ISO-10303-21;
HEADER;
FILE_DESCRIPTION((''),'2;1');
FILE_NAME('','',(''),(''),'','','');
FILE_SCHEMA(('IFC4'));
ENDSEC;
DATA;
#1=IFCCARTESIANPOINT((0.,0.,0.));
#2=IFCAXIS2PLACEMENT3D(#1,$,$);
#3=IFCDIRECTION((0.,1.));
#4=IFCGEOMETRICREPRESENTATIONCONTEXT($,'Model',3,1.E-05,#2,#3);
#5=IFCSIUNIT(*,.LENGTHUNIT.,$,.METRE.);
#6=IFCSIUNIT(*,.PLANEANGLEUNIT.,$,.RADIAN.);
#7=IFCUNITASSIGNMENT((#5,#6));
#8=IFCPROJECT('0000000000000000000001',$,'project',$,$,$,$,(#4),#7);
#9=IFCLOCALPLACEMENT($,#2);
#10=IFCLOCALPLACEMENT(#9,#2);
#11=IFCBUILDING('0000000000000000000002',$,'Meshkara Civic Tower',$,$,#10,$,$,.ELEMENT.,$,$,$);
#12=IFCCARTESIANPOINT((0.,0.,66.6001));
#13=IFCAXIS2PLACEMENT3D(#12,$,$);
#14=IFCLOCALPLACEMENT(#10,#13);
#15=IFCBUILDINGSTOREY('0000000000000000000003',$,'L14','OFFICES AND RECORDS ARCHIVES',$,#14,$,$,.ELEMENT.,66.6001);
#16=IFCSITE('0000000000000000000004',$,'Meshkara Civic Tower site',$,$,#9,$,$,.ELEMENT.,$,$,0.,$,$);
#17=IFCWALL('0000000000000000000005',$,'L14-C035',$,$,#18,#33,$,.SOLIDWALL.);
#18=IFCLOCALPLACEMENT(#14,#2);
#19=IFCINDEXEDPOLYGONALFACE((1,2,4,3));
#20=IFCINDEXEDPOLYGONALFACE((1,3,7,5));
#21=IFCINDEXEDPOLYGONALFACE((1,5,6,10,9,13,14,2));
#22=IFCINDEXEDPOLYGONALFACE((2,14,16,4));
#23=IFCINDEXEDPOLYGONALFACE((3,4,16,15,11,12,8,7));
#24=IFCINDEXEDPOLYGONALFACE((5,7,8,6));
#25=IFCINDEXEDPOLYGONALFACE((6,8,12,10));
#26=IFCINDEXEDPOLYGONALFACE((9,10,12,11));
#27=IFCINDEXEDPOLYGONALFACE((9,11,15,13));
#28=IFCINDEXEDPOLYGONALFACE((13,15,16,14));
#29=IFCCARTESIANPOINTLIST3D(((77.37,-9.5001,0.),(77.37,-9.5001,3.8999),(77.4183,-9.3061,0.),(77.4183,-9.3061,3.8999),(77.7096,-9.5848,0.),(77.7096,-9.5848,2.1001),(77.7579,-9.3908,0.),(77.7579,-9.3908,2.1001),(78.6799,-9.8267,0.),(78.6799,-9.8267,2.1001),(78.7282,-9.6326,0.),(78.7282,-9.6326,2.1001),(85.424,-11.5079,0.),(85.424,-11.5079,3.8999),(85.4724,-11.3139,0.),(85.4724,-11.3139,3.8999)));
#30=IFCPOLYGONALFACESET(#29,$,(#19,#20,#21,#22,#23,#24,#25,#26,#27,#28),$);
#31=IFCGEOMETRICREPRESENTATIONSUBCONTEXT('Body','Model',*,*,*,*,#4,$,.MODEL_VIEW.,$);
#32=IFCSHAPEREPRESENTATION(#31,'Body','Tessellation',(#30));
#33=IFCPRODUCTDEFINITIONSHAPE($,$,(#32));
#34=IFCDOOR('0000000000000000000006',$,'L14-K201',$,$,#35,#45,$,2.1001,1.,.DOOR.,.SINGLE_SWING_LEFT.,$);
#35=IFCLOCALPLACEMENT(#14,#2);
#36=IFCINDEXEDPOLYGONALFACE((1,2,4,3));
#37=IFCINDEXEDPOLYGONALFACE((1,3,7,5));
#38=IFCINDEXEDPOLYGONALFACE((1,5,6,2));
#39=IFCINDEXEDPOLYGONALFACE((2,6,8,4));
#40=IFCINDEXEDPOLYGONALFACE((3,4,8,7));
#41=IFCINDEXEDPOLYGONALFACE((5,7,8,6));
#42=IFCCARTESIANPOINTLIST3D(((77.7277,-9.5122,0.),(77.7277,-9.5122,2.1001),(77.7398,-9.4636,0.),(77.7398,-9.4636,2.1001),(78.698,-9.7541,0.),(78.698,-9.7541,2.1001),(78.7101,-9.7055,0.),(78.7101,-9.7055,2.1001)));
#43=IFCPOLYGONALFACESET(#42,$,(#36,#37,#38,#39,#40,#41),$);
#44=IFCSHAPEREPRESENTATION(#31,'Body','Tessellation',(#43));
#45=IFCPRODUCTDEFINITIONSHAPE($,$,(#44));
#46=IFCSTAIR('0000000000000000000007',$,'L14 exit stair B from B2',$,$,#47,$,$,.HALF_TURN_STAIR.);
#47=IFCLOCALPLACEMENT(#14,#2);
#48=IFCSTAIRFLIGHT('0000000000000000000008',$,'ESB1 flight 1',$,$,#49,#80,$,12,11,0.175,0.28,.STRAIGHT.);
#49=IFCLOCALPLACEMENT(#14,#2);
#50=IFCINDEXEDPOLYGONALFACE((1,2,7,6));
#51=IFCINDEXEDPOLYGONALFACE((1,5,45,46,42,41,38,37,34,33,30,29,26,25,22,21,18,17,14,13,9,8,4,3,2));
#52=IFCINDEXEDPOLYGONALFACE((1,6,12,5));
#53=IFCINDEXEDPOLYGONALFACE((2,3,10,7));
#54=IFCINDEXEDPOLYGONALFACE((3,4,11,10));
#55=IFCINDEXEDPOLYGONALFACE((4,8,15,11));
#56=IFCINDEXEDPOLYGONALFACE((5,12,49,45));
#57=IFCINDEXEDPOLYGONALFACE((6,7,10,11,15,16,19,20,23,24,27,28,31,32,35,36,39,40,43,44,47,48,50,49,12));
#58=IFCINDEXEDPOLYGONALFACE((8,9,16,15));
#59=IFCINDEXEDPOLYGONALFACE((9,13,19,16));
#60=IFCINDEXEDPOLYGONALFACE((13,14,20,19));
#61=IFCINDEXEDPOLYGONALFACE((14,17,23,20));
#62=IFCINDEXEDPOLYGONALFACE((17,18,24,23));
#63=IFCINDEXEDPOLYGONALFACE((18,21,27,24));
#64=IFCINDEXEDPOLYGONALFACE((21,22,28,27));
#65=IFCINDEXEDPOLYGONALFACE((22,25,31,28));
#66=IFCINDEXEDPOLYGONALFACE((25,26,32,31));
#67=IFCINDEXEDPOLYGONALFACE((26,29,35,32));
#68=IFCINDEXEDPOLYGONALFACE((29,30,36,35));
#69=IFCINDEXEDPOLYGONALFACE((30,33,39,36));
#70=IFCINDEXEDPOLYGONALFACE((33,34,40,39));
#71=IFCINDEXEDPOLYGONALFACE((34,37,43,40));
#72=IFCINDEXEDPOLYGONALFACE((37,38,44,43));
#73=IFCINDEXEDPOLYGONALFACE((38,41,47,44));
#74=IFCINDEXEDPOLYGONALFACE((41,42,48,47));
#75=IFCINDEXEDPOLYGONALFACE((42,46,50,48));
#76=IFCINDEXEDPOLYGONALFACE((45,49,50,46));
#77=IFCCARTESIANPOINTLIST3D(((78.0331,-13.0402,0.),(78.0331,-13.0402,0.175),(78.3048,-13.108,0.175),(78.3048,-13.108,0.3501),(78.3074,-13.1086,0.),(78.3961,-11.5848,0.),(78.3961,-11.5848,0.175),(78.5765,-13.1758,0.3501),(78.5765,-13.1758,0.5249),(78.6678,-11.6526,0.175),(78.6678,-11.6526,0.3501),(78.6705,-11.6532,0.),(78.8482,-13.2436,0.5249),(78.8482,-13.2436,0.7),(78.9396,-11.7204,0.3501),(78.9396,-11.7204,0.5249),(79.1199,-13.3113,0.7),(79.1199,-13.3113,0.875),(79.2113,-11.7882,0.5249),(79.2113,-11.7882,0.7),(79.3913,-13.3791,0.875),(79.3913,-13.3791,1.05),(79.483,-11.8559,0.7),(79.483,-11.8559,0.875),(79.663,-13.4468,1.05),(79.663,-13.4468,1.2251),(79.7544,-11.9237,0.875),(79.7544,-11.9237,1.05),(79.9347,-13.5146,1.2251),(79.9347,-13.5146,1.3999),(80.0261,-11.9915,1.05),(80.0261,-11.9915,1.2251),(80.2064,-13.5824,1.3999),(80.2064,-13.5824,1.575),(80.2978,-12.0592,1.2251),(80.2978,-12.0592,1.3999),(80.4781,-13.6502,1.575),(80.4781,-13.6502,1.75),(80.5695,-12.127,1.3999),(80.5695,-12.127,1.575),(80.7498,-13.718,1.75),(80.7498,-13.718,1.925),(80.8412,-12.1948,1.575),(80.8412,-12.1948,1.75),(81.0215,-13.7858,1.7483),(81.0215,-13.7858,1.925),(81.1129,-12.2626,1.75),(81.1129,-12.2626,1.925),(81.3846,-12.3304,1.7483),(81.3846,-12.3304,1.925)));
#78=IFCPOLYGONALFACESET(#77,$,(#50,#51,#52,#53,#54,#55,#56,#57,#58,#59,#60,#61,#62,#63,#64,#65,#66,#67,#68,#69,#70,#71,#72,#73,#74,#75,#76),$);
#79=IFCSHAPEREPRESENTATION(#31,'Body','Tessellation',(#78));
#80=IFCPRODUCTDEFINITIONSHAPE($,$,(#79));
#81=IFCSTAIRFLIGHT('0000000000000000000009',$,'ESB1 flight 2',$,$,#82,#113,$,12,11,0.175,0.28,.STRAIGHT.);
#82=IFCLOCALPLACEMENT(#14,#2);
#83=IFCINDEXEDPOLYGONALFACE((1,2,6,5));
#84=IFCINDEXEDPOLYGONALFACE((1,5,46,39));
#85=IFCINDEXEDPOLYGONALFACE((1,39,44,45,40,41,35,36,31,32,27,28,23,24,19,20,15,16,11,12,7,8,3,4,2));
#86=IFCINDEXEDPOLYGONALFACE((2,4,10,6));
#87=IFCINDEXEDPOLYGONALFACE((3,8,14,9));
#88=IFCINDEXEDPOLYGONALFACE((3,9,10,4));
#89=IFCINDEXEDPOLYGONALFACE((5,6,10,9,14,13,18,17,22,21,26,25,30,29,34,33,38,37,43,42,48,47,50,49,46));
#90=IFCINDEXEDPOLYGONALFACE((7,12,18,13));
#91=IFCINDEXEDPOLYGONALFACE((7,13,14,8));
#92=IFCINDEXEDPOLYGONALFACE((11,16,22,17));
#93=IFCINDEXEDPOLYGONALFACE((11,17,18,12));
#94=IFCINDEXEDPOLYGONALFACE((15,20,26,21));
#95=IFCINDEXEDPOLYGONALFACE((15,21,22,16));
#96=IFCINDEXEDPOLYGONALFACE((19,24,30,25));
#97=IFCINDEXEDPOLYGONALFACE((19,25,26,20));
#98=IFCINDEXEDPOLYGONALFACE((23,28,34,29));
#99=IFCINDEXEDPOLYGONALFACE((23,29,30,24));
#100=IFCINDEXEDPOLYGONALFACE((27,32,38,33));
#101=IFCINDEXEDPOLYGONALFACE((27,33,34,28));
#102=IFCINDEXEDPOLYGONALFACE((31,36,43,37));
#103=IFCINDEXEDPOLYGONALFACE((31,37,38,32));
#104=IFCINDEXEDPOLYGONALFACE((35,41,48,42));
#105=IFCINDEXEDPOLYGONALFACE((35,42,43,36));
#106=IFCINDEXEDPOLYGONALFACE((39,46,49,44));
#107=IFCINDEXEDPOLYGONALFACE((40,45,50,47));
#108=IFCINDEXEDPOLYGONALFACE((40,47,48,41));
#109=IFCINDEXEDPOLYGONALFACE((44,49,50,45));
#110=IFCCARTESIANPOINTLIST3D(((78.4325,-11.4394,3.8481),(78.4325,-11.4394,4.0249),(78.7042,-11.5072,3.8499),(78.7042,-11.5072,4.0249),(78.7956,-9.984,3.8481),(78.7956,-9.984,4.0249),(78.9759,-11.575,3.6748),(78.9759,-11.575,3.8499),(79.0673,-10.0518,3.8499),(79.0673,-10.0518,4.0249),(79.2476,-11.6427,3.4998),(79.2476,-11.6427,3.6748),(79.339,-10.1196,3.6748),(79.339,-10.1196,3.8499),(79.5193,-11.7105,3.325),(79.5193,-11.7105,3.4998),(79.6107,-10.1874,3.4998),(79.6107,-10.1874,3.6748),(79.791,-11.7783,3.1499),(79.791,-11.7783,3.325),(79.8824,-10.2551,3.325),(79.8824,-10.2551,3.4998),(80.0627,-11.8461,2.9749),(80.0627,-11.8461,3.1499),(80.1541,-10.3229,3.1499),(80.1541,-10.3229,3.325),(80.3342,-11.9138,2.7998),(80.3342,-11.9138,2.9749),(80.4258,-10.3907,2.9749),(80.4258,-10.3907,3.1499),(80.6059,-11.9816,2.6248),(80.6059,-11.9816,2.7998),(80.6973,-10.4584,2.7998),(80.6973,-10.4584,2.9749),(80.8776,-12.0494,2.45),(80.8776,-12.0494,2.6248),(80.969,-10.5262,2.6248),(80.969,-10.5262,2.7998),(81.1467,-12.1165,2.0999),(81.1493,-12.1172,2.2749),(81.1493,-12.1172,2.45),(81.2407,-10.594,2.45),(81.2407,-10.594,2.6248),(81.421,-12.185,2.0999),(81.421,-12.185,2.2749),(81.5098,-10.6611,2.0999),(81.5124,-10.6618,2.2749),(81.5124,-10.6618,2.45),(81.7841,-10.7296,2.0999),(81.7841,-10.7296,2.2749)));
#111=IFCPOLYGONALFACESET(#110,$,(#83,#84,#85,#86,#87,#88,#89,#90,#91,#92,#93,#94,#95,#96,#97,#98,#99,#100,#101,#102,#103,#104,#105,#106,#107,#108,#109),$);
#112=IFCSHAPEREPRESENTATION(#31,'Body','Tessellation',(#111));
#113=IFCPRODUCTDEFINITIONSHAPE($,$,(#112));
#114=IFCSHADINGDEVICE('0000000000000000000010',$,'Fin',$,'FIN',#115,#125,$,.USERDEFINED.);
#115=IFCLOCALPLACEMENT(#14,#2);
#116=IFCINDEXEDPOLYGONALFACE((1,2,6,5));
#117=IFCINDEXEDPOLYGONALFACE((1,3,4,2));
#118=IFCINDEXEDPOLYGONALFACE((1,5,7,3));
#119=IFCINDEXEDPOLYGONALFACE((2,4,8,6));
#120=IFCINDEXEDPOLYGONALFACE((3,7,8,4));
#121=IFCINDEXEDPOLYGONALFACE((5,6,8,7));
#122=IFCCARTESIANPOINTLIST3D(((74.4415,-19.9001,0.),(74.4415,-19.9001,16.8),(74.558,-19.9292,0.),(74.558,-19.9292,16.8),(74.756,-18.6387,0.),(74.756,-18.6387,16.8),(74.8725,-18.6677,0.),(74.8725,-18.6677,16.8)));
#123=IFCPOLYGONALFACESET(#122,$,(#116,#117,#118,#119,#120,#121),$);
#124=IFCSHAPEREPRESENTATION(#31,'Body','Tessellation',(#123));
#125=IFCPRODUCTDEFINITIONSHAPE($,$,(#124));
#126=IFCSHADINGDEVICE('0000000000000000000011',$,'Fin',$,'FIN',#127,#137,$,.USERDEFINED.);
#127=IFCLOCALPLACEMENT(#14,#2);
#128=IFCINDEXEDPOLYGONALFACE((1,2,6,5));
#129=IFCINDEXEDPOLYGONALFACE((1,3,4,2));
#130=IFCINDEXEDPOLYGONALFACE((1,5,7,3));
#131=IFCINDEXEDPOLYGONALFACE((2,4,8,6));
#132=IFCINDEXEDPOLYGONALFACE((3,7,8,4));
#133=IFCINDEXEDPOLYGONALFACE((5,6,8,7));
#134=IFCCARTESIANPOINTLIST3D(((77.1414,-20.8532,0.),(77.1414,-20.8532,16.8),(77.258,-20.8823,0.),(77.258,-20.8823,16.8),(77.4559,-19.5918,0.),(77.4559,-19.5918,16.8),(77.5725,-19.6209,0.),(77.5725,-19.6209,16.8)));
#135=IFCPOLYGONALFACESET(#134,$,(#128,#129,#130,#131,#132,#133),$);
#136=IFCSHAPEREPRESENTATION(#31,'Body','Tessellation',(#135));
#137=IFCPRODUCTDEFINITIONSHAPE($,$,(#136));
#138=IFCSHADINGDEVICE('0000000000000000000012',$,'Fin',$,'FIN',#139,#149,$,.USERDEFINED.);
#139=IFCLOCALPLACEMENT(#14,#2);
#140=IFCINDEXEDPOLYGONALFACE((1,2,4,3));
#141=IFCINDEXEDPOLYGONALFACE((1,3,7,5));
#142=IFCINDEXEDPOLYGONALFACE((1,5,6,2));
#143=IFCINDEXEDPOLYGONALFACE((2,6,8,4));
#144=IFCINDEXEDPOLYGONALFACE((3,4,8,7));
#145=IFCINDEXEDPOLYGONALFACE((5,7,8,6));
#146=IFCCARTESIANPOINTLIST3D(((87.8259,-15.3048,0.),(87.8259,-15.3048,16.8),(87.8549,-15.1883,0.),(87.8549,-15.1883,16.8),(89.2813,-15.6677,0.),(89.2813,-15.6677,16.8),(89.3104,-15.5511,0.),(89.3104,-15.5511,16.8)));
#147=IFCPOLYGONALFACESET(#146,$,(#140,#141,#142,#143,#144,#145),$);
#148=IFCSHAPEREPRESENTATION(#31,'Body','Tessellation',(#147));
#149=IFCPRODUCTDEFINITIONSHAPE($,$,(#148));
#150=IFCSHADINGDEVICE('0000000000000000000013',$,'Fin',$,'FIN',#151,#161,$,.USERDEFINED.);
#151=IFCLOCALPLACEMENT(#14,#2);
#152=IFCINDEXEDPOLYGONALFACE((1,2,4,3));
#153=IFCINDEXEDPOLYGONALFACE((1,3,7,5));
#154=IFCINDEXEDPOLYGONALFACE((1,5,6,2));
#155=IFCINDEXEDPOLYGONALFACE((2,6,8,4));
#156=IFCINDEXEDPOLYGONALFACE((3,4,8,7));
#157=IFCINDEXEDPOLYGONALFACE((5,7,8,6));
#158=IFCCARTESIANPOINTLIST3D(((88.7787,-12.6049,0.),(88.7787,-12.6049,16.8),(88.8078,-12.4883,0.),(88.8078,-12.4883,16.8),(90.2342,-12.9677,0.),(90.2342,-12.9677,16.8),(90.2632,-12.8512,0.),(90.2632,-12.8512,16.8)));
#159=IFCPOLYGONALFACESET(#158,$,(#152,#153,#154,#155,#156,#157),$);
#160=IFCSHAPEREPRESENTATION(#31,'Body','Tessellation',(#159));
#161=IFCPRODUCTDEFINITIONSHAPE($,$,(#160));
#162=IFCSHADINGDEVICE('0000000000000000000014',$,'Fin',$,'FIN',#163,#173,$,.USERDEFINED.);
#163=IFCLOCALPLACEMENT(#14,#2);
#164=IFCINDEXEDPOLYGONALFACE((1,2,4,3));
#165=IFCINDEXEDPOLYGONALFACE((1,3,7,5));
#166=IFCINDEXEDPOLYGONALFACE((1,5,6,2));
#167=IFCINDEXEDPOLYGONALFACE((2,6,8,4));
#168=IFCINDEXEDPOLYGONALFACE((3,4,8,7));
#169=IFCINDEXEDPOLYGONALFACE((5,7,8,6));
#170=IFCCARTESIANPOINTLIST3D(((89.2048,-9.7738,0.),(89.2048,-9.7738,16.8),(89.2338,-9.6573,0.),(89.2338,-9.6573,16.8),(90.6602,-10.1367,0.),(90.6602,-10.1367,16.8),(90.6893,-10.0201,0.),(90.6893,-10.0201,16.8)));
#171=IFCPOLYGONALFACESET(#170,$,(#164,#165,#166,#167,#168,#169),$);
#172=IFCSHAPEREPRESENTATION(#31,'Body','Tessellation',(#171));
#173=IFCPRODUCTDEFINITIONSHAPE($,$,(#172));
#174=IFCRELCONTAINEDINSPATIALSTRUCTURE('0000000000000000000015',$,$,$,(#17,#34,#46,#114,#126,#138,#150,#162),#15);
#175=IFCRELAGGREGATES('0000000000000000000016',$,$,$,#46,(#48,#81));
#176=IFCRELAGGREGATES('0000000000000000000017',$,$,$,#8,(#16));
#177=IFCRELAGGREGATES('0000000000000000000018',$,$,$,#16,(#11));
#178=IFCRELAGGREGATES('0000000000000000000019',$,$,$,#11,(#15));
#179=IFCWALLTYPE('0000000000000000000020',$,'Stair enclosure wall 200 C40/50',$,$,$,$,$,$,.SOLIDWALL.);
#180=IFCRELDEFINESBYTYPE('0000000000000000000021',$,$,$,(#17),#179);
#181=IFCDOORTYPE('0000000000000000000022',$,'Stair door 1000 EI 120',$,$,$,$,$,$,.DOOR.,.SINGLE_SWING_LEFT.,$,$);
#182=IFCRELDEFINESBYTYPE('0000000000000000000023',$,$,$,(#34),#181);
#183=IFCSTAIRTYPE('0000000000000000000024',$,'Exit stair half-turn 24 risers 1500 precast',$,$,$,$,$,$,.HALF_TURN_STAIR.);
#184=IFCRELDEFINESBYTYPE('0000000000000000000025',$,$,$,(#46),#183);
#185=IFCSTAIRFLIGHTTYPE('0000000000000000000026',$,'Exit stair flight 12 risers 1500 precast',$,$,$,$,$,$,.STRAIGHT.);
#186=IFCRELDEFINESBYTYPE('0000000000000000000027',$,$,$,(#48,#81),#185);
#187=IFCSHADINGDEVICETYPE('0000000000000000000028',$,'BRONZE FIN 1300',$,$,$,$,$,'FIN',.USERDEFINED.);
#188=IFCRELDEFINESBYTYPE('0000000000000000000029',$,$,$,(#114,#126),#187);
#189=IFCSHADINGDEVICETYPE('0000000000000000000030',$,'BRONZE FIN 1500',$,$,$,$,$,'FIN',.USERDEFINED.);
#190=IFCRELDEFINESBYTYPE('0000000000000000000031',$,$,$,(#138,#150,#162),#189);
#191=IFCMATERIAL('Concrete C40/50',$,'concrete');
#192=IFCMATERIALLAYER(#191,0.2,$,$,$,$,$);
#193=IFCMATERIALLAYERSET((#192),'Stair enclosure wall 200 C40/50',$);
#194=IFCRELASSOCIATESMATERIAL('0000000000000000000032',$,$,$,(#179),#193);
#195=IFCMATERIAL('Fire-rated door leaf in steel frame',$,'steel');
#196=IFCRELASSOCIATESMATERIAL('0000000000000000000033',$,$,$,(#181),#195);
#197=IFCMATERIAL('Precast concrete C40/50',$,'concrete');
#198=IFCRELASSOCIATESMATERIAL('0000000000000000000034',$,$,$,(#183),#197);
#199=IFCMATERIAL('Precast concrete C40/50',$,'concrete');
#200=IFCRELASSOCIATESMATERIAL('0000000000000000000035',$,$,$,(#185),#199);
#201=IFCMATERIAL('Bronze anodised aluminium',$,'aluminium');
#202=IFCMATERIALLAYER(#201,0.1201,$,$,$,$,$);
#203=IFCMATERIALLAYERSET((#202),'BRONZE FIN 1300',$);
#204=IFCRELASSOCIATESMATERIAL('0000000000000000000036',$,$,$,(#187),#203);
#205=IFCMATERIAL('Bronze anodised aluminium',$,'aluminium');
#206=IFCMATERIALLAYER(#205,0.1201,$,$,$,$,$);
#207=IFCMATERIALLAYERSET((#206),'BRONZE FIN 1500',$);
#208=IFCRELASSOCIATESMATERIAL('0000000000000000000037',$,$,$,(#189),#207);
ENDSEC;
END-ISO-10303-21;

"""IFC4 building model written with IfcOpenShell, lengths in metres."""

from ifc_helpers import new_model, si_unit, direction, frame, frame_2d, origin, origin_2d, place, context, subcontext, project, spatial, polyline, rectangle, outline, extrude, material, layer, layer_set, type_object, element, fill, aggregate, save


model = new_model("IFC4")

# Units and contexts
model_context = context("Model", 3, precision=1e-05, world=origin(), true_north=direction((0.0, 1.0)))
body_context = subcontext(model_context, "Body", "Model", "MODEL_VIEW")
ifc_project = project(units=[si_unit("LENGTHUNIT", "METRE"), si_unit("PLANEANGLEUNIT", "RADIAN")], contexts=[model_context])

# Site, building, storey
site_placement = place(None, origin())
site = spatial("IfcSite", under=ifc_project, at=site_placement, Name="Meshkara Civic Tower site", CompositionType="ELEMENT", RefElevation=0.0)
building_placement = place(site_placement, origin())
building = spatial("IfcBuilding", under=site, at=building_placement, Name="Meshkara Civic Tower", CompositionType="ELEMENT")
storey_placement = place(building_placement, frame((0.0, 0.0, 66.6001)))
storey = spatial("IfcBuildingStorey", under=building, at=storey_placement, Name="L14", Description="OFFICES AND RECORDS ARCHIVES", CompositionType="ELEMENT", Elevation=66.6001)

# Wall, opening, door
ifc_material_1 = material(Name="Concrete C40/50", Category="concrete")
ifc_layer_1 = layer(ifc_material_1, 0.2)
ifc_layer_set_1 = layer_set([ifc_layer_1], Name="Stair enclosure wall 200 C40/50")
wall_type_1 = type_object("IfcWallType", Name="Stair enclosure wall 200 C40/50", PredefinedType="SOLIDWALL", material=ifc_layer_set_1)
wall_1_placement = place(storey_placement, frame((77.394, -9.4031, 0.0), z_axis=(0.0, 0.0, 1.0), x_axis=(0.970303, -0.241892, 0.0)))
wall_1 = element("IfcWall", 1, at=wall_1_placement, inside=storey, type_object=wall_type_1, Name="L14-C035", PredefinedType="SOLIDWALL", context=body_context, shape_type="SweptSolid", body=[
    extrude(rectangle(XDim=8.3005, YDim=0.2, at=frame_2d((4.1504, 0.0))), origin(), (0.0, 0.0, 1.0), 3.8999),
])
opening_1_placement = place(wall_1_placement, frame((0.3501, 0.0, 0.0)))
opening_1 = element("IfcOpeningElement", 2, at=opening_1_placement, cuts=wall_1, PredefinedType="OPENING", context=body_context, shape_type="SweptSolid", body=[
    extrude(rectangle(XDim=1.0, YDim=2.1001, at=frame_2d((0.5, 1.05))), frame((0.0, 0.1099, 0.0), z_axis=(0.0, -1.0, 0.0), x_axis=(1.0, 0.0, 0.0)), (0.0, 0.0, 1.0), 0.22),
])
ifc_material_2 = material(Name="Fire-rated door leaf in steel frame", Category="steel")
door_type_1 = type_object("IfcDoorType", Name="Stair door 1000 EI 120", OperationType="SINGLE_SWING_LEFT", PredefinedType="DOOR", material=ifc_material_2)
door_1_placement = place(opening_1_placement, origin())
door_1 = element("IfcDoor", 3, at=door_1_placement, inside=storey, type_object=door_type_1, Name="L14-K201", OperationType="SINGLE_SWING_LEFT", OverallHeight=2.1001, OverallWidth=1.0, PredefinedType="DOOR", context=body_context, shape_type="SweptSolid", body=[
    extrude(rectangle(XDim=1.0, YDim=2.1001, at=frame_2d((0.5, 1.05))), frame((0.0, 0.0249, 0.0), z_axis=(0.0, -1.0, 0.0), x_axis=(1.0, 0.0, 0.0)), (0.0, 0.0, 1.0), 0.05),
])
fill(opening_1, door_1)

# Stair, stair flights
ifc_material_3 = material(Name="Precast concrete C40/50", Category="concrete")
stair_type = type_object("IfcStairType", Name="Exit stair half-turn 24 risers 1500 precast", PredefinedType="HALF_TURN_STAIR", material=ifc_material_3)
stair_placement = place(storey_placement, origin())
stair = element("IfcStair", 4, at=stair_placement, inside=storey, type_object=stair_type, Name="L14 exit stair B from B2", PredefinedType="HALF_TURN_STAIR")
ifc_material_4 = material(Name="Precast concrete C40/50", Category="concrete")
stair_flight_type = type_object("IfcStairFlightType", Name="Exit stair flight 12 risers 1500 precast", PredefinedType="STRAIGHT", material=ifc_material_4)
stair_flight_1_placement = place(storey_placement, frame((78.2146, -12.3125, 0.0), z_axis=(0.0, 0.0, 1.0), x_axis=(0.97026, -0.242065, 0.0)))
stair_flight_1 = element("IfcStairFlight", 5, at=stair_flight_1_placement, type_object=stair_flight_type, Name="ESB1 flight 1", NumberOfRisers=12, NumberOfTreads=11, PredefinedType="STRAIGHT", RiserHeight=0.175, TreadLength=0.28, context=body_context, shape_type="SweptSolid", body=[
    extrude(outline(polyline([(0.0, 0.0), (0.0, 0.175), (0.28, 0.175), (0.28, 0.3501), (0.5601, 0.3501), (0.5601, 0.5249), (0.8401, 0.5249), (0.8401, 0.7), (1.1201, 0.7), (1.1201, 0.875), (1.3999, 0.875), (1.3999, 1.05), (1.6799, 1.05), (1.6799, 1.2251), (1.96, 1.2251), (1.96, 1.3999), (2.24, 1.3999), (2.24, 1.575), (2.52, 1.575), (2.52, 1.75), (2.8, 1.75), (2.8, 1.925), (3.0801, 1.925), (3.0801, 2.1001), (3.0801, 1.7483), (0.2827, 0.0), (0.0, 0.0)])), frame((0.0, 0.75, 0.0), z_axis=(0.0, -1.0, 0.0), x_axis=(1.0, 0.0, 0.0)), (0.0, 0.0, 1.0), 1.5),
])
stair_flight_2_placement = place(storey_placement, frame((81.6025, -11.4573, 2.0999), z_axis=(0.0, 0.0, 1.0), x_axis=(-0.97026, 0.242065, 0.0)))
stair_flight_2 = element("IfcStairFlight", 6, at=stair_flight_2_placement, type_object=stair_flight_type, Name="ESB1 flight 2", NumberOfRisers=12, NumberOfTreads=11, PredefinedType="STRAIGHT", RiserHeight=0.175, TreadLength=0.28, context=body_context, shape_type="SweptSolid", body=[
    extrude(outline(polyline([(0.0, 0.0), (0.0, 0.175), (0.28, 0.175), (0.28, 0.3501), (0.5601, 0.3501), (0.5601, 0.5249), (0.8401, 0.5249), (0.8401, 0.7), (1.1201, 0.7), (1.1201, 0.875), (1.3999, 0.875), (1.3999, 1.05), (1.6799, 1.05), (1.6799, 1.2251), (1.96, 1.2251), (1.96, 1.3999), (2.24, 1.3999), (2.24, 1.575), (2.52, 1.575), (2.52, 1.75), (2.8, 1.75), (2.8, 1.925), (3.0801, 1.925), (3.0801, 2.1001), (3.0801, 1.7483), (0.2827, 0.0), (0.0, 0.0)])), frame((0.0, 0.75, 0.0), z_axis=(0.0, -1.0, 0.0), x_axis=(1.0, 0.0, 0.0)), (0.0, 0.0, 1.0), 1.5),
])
aggregate(stair, [stair_flight_1, stair_flight_2])

# Shading devices
ifc_material_5 = material(Name="Bronze anodised aluminium", Category="aluminium")
ifc_layer_2 = layer(ifc_material_5, 0.1201)
ifc_layer_set_2 = layer_set([ifc_layer_2], Name="BRONZE FIN 1300")
shading_device_type_1 = type_object("IfcShadingDeviceType", Name="BRONZE FIN 1300", ElementType="FIN", PredefinedType="USERDEFINED", material=ifc_layer_set_2)
for number, where, z_axis, x_axis, name in (
    (7, (74.657, -19.2839, 0.0), (0.0, 0.0, 1.0), (0.970296, -0.241922, 0.0), "Fin"),
    (8, (77.3569, -20.2371, 0.0), (0.0, 0.0, 1.0), (0.970296, -0.241922, 0.0), "Fin"),
):
    element("IfcShadingDevice", number, at=place(storey_placement, frame(where, z_axis=z_axis, x_axis=x_axis)), inside=storey, type_object=shading_device_type_1, Name=name, ObjectType="FIN", PredefinedType="USERDEFINED", context=body_context, shape_type="SweptSolid", body=[
        extrude(rectangle(XDim=0.1201, YDim=1.3, at=origin_2d()), origin(), (0.0, 0.0, 1.0), 16.8),
    ])
ifc_material_6 = material(Name="Bronze anodised aluminium", Category="aluminium")
ifc_layer_3 = layer(ifc_material_6, 0.1201)
ifc_layer_set_3 = layer_set([ifc_layer_3], Name="BRONZE FIN 1500")
shading_device_type_2 = type_object("IfcShadingDeviceType", Name="BRONZE FIN 1500", ElementType="FIN", PredefinedType="USERDEFINED", material=ifc_layer_set_3)
for number, where, z_axis, x_axis, name in (
    (9, (88.5681, -15.428, 0.0), (0.0, 0.0, 1.0), (0.241922, 0.970296, 0.0), "Fin"),
    (10, (89.521, -12.728, 0.0), (0.0, 0.0, 1.0), (0.241922, 0.970296, 0.0), "Fin"),
    (11, (89.947, -9.897, 0.0), (0.0, 0.0, 1.0), (0.241922, 0.970296, 0.0), "Fin"),
):
    element("IfcShadingDevice", number, at=place(storey_placement, frame(where, z_axis=z_axis, x_axis=x_axis)), inside=storey, type_object=shading_device_type_2, Name=name, ObjectType="FIN", PredefinedType="USERDEFINED", context=body_context, shape_type="SweptSolid", body=[
        extrude(rectangle(XDim=0.1201, YDim=1.5, at=origin_2d()), origin(), (0.0, 0.0, 1.0), 16.8),
    ])

save(model, "model.ifc")
